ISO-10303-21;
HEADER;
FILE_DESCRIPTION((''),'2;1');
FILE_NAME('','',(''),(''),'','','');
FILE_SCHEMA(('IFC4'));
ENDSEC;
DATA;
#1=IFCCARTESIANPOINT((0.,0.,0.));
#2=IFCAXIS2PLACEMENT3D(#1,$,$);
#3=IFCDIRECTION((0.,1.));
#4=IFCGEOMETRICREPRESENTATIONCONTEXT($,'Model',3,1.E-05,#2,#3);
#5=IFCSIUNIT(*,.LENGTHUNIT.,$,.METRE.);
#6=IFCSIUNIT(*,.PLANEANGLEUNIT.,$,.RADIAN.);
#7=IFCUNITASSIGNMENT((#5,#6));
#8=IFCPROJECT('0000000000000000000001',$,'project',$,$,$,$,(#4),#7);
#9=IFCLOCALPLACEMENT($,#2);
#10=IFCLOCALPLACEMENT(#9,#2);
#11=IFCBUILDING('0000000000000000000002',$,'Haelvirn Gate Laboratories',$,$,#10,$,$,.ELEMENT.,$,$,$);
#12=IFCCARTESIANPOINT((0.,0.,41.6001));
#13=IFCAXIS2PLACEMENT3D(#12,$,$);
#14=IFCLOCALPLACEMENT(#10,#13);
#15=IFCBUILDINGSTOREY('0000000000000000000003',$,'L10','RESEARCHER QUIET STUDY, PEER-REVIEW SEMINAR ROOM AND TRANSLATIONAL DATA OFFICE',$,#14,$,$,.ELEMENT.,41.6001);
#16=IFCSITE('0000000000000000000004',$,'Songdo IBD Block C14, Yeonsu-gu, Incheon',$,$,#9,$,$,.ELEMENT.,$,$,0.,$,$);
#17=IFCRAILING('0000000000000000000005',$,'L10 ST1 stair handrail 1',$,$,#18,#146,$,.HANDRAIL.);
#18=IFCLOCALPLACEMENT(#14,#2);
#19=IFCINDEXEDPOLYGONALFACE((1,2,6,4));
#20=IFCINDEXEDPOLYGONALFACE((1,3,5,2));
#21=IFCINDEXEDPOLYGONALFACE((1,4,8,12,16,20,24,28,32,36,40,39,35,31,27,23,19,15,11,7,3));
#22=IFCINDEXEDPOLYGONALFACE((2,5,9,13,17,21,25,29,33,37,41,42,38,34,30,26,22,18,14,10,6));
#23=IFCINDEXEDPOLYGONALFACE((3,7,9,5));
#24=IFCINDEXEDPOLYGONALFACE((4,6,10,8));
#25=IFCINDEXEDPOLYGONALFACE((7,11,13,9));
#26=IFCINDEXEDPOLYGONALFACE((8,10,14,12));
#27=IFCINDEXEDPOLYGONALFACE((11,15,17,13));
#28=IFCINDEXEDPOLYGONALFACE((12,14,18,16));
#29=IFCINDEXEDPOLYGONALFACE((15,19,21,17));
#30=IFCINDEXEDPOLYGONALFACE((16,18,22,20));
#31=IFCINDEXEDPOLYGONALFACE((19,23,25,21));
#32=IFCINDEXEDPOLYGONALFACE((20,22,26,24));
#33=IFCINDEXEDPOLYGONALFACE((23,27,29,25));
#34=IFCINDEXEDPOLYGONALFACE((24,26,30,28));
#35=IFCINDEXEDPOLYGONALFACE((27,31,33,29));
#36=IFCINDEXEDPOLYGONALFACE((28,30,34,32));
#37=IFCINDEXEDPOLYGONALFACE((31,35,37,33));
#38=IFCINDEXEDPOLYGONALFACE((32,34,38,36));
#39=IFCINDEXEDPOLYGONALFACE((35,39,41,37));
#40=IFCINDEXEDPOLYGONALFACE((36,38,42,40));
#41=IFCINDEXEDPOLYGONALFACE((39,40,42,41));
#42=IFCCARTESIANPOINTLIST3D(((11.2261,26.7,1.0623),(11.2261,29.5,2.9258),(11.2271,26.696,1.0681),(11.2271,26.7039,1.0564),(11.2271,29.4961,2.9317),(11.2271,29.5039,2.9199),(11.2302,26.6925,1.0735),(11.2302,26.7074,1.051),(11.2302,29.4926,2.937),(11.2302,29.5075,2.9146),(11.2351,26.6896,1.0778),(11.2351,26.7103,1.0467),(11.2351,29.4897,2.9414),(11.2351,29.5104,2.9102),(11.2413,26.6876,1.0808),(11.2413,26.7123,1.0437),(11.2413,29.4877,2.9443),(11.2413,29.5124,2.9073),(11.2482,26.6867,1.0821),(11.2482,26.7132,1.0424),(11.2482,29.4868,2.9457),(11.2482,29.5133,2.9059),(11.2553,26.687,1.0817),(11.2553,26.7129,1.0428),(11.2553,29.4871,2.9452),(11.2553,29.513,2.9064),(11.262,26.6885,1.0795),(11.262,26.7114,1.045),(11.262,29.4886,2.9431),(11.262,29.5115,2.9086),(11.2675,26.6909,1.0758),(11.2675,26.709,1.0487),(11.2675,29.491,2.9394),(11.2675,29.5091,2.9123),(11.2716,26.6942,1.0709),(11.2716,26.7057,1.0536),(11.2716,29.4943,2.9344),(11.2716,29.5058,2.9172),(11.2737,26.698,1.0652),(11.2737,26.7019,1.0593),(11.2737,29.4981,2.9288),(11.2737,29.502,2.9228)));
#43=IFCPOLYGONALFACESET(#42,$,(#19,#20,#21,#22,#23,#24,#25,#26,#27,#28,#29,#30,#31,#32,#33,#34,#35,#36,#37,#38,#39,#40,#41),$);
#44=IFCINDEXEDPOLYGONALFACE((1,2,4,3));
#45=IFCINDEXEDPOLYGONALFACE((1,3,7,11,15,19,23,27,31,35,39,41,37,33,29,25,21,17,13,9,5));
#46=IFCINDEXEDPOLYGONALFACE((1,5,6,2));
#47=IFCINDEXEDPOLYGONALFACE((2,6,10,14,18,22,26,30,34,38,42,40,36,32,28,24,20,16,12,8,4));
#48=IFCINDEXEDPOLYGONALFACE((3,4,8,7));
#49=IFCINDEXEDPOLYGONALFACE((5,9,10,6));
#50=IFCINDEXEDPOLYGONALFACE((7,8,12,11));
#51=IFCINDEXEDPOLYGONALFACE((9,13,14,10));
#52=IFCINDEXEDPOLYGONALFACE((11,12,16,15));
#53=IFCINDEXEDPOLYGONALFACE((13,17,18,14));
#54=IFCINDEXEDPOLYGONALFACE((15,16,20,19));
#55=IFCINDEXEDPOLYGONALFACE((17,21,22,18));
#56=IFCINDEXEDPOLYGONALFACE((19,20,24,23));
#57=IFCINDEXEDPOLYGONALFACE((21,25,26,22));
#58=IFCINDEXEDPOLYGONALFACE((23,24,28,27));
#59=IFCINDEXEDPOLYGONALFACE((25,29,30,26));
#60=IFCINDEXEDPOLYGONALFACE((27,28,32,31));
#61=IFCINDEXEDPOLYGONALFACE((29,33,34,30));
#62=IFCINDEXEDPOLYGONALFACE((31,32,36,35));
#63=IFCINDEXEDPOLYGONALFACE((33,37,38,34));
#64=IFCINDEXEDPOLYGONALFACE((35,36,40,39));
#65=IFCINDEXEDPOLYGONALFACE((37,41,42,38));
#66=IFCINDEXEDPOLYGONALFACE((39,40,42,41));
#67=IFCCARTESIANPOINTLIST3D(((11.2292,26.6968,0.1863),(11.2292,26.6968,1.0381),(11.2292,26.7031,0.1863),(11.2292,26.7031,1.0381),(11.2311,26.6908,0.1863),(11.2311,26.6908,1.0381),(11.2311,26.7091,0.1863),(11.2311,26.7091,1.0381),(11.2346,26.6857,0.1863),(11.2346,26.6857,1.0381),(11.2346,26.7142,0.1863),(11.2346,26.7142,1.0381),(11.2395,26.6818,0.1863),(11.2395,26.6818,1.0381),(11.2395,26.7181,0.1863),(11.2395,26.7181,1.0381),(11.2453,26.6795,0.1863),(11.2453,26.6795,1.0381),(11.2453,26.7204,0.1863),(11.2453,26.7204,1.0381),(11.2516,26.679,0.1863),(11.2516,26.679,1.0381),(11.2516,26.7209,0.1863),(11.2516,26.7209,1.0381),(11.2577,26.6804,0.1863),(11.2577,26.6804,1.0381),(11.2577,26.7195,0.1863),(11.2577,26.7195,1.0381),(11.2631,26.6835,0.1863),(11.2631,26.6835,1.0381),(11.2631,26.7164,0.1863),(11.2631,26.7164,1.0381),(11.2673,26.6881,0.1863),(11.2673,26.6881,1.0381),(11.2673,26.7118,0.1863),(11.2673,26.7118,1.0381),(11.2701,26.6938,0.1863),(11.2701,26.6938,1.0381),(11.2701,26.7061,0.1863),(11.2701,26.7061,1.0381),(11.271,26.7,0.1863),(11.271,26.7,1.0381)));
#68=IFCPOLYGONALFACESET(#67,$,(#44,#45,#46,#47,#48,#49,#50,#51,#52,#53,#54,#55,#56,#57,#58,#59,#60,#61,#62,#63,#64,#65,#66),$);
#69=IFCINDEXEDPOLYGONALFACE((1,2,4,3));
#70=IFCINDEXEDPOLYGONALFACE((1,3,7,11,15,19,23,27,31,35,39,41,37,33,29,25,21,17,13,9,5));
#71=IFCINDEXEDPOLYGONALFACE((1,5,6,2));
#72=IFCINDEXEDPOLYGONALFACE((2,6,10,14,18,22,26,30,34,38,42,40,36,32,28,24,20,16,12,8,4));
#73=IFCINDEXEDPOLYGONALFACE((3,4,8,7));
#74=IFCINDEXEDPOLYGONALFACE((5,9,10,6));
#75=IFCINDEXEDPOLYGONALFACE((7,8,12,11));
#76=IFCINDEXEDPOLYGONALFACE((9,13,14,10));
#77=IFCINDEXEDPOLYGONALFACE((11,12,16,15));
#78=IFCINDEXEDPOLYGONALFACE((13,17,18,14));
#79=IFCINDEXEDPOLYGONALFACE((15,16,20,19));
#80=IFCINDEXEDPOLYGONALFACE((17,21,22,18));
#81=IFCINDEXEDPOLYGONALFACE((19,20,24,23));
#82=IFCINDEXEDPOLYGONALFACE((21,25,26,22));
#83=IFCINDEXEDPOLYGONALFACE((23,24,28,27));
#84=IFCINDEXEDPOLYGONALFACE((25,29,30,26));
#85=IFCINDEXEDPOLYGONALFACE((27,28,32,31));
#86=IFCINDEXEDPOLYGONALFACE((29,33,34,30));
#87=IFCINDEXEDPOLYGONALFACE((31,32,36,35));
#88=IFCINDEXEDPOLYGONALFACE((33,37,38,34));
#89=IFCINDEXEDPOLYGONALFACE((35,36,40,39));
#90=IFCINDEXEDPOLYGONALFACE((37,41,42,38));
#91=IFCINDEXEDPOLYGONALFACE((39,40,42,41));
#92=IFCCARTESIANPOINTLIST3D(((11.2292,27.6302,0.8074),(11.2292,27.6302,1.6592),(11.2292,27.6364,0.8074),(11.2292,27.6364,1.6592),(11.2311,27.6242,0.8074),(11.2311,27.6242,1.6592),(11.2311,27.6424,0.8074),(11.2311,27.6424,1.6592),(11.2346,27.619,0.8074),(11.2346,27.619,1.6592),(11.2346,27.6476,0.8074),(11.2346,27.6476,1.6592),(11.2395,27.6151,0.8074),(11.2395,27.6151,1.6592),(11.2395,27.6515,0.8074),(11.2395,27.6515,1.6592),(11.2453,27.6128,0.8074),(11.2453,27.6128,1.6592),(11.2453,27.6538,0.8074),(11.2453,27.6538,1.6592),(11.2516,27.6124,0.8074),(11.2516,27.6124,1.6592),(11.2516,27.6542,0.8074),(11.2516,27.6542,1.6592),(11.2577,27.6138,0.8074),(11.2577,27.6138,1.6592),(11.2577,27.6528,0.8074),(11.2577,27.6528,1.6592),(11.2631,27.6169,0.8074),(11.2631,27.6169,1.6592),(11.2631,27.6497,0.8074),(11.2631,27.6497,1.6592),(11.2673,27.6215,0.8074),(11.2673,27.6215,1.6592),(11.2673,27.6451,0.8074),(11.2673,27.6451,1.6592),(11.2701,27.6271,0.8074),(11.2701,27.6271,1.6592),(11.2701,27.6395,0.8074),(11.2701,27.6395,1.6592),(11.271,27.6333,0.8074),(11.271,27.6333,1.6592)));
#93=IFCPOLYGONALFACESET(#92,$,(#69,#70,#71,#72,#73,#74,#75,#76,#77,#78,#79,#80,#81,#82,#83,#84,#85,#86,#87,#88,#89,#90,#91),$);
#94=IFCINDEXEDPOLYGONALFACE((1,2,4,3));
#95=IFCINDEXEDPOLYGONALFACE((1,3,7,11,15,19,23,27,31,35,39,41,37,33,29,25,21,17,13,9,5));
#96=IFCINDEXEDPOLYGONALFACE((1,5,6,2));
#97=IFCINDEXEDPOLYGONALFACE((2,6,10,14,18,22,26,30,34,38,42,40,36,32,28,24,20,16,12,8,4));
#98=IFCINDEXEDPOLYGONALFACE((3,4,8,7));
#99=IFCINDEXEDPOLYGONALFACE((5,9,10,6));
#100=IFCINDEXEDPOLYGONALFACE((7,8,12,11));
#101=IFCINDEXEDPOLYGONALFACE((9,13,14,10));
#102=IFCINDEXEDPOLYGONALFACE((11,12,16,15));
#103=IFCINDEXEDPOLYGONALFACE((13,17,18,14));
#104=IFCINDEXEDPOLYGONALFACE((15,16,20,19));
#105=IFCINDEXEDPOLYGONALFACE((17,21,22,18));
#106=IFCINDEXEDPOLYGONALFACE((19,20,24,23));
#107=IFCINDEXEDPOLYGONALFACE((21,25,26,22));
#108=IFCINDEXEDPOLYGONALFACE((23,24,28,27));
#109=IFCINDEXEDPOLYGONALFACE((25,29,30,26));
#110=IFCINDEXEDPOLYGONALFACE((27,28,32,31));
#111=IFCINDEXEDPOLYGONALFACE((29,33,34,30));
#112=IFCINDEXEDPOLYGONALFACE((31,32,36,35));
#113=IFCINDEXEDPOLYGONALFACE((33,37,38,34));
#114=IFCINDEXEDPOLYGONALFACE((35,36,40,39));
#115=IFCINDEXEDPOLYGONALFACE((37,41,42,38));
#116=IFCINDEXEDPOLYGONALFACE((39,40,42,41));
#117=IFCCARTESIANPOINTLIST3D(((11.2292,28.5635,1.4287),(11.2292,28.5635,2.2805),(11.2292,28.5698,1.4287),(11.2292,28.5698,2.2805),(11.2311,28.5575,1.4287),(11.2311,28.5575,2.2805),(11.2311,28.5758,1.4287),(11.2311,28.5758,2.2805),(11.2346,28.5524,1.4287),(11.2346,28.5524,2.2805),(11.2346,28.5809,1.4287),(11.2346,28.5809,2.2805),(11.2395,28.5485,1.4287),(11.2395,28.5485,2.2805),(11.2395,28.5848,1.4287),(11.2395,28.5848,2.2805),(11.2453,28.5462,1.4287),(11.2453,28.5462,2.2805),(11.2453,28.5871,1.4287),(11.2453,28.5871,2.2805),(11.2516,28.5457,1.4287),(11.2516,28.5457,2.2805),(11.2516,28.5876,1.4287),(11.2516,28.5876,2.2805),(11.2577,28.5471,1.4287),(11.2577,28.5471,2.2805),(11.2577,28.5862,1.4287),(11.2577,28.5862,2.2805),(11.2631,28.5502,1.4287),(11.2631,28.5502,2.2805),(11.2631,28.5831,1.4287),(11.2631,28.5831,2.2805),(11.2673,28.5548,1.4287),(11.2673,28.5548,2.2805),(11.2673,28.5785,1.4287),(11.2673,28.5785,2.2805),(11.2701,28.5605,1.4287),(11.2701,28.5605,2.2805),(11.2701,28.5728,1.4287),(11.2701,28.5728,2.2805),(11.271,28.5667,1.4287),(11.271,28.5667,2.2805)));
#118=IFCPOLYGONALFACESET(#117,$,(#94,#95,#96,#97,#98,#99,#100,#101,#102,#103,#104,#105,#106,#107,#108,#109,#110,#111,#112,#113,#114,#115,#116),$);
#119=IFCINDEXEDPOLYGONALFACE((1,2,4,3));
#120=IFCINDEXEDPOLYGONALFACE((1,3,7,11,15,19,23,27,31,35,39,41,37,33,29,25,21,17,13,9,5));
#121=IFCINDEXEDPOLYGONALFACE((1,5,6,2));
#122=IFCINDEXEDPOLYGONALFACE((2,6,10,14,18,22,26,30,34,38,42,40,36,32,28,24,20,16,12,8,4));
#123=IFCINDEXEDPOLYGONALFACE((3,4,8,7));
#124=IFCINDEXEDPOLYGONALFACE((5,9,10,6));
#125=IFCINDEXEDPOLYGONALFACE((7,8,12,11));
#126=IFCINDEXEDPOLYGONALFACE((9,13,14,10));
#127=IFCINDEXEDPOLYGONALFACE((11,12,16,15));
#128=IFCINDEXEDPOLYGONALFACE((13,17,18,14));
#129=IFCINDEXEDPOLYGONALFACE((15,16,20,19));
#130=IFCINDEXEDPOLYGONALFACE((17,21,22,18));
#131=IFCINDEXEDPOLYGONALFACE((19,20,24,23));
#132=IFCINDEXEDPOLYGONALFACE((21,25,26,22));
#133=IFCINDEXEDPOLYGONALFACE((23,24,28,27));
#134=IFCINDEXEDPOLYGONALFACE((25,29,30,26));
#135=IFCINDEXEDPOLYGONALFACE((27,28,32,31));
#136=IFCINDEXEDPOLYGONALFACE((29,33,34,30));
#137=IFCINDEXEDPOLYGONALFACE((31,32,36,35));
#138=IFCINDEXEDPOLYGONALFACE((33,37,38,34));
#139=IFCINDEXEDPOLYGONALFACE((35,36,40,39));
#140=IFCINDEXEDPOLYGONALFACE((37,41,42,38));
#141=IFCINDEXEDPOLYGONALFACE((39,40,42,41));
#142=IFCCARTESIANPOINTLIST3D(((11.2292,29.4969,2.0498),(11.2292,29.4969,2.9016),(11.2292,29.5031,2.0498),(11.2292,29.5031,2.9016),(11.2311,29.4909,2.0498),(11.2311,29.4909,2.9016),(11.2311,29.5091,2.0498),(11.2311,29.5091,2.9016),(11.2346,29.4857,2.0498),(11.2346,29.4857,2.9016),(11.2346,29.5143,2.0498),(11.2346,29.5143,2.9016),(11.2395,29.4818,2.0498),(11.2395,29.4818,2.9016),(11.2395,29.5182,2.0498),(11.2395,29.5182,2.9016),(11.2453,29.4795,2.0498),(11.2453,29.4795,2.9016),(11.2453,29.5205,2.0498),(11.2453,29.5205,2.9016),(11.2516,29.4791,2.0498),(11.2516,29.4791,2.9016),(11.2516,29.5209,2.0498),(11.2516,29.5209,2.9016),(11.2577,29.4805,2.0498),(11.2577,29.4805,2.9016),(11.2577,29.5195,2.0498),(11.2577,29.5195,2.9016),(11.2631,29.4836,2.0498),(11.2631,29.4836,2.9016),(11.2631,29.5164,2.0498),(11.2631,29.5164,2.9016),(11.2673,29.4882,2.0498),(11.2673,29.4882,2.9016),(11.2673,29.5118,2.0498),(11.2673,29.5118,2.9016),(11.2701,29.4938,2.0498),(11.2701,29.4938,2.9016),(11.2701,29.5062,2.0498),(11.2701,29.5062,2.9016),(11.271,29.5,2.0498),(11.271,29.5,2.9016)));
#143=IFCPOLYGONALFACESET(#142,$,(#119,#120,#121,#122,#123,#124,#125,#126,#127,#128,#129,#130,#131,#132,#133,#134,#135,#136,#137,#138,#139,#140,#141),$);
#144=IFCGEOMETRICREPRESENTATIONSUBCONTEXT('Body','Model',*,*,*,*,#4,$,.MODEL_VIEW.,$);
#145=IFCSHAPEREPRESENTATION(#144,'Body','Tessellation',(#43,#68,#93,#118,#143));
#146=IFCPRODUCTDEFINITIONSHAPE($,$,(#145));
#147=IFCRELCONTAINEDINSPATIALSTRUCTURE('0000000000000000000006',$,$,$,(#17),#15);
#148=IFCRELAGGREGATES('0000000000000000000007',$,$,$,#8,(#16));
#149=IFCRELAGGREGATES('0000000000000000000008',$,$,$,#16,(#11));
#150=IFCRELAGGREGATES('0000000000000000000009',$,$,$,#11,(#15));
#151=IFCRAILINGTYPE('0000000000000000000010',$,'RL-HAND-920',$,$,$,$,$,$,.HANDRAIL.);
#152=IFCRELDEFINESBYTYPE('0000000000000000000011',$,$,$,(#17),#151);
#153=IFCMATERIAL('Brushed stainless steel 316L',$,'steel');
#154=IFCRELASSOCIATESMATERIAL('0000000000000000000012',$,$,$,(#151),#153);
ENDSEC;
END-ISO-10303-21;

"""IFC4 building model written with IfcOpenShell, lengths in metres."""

from ifc_helpers import new_model, si_unit, direction, frame, origin, origin_2d, place, context, subcontext, project, spatial, circle, extrude, source, transform, mapped, material, type_object, element, save


model = new_model("IFC4")

# Units and contexts
model_context = context("Model", 3, precision=1e-05, world=origin(), true_north=direction((0.0, 1.0)))
body_context = subcontext(model_context, "Body", "Model", "MODEL_VIEW")
ifc_project = project(units=[si_unit("LENGTHUNIT", "METRE"), si_unit("PLANEANGLEUNIT", "RADIAN")], contexts=[model_context])

# Site, building, storey
site_placement = place(None, origin())
site = spatial("IfcSite", under=ifc_project, at=site_placement, Name="Songdo IBD Block C14, Yeonsu-gu, Incheon", CompositionType="ELEMENT", RefElevation=0.0)
building_placement = place(site_placement, origin())
building = spatial("IfcBuilding", under=site, at=building_placement, Name="Haelvirn Gate Laboratories", CompositionType="ELEMENT")
storey_placement = place(building_placement, frame((0.0, 0.0, 41.6001)))
storey = spatial("IfcBuildingStorey", under=building, at=storey_placement, Name="L10", Description="RESEARCHER QUIET STUDY, PEER-REVIEW SEMINAR ROOM AND TRANSLATIONAL DATA OFFICE", CompositionType="ELEMENT", Elevation=41.6001)

# Railing
ifc_material_1 = material(Name="Brushed stainless steel 316L", Category="steel")
railing_type_1 = type_object("IfcRailingType", Name="RL-HAND-920", PredefinedType="HANDRAIL", material=ifc_material_1)
shared_shape_1 = source(origin(), body_context, "Body", "SweptSolid", [
    extrude(circle(Radius=0.0239, at=origin_2d()), frame((0.0, 0.0, 0.876), z_axis=(0.0, 0.832486, 0.554047), x_axis=(-1.0, 0.0, 0.0)), (0.0, 0.0, 1.0), 3.3635),
    extrude(circle(Radius=0.021, at=origin_2d()), origin(), (0.0, 0.0, 1.0), 0.8518),
    extrude(circle(Radius=0.021, at=origin_2d()), frame((0.0, 0.9333, 0.6211)), (0.0, 0.0, 1.0), 0.8518),
    extrude(circle(Radius=0.021, at=origin_2d()), frame((0.0, 1.8667, 1.2424)), (0.0, 0.0, 1.0), 0.8518),
    extrude(circle(Radius=0.021, at=origin_2d()), frame((0.0, 2.8, 1.8635)), (0.0, 0.0, 1.0), 0.8518),
])
railing_1_placement = place(storey_placement, frame((11.25, 26.7, 0.1863)))
element("IfcRailing", 1, at=railing_1_placement, inside=storey, type_object=railing_type_1, Name="L10 ST1 stair handrail 1", PredefinedType="HANDRAIL", context=body_context, shape_type="MappedRepresentation", body=[
    mapped(shared_shape_1, transform((0.0, 0.0, 0.0), scale=1.0)),
])

save(model, "model.ifc")
